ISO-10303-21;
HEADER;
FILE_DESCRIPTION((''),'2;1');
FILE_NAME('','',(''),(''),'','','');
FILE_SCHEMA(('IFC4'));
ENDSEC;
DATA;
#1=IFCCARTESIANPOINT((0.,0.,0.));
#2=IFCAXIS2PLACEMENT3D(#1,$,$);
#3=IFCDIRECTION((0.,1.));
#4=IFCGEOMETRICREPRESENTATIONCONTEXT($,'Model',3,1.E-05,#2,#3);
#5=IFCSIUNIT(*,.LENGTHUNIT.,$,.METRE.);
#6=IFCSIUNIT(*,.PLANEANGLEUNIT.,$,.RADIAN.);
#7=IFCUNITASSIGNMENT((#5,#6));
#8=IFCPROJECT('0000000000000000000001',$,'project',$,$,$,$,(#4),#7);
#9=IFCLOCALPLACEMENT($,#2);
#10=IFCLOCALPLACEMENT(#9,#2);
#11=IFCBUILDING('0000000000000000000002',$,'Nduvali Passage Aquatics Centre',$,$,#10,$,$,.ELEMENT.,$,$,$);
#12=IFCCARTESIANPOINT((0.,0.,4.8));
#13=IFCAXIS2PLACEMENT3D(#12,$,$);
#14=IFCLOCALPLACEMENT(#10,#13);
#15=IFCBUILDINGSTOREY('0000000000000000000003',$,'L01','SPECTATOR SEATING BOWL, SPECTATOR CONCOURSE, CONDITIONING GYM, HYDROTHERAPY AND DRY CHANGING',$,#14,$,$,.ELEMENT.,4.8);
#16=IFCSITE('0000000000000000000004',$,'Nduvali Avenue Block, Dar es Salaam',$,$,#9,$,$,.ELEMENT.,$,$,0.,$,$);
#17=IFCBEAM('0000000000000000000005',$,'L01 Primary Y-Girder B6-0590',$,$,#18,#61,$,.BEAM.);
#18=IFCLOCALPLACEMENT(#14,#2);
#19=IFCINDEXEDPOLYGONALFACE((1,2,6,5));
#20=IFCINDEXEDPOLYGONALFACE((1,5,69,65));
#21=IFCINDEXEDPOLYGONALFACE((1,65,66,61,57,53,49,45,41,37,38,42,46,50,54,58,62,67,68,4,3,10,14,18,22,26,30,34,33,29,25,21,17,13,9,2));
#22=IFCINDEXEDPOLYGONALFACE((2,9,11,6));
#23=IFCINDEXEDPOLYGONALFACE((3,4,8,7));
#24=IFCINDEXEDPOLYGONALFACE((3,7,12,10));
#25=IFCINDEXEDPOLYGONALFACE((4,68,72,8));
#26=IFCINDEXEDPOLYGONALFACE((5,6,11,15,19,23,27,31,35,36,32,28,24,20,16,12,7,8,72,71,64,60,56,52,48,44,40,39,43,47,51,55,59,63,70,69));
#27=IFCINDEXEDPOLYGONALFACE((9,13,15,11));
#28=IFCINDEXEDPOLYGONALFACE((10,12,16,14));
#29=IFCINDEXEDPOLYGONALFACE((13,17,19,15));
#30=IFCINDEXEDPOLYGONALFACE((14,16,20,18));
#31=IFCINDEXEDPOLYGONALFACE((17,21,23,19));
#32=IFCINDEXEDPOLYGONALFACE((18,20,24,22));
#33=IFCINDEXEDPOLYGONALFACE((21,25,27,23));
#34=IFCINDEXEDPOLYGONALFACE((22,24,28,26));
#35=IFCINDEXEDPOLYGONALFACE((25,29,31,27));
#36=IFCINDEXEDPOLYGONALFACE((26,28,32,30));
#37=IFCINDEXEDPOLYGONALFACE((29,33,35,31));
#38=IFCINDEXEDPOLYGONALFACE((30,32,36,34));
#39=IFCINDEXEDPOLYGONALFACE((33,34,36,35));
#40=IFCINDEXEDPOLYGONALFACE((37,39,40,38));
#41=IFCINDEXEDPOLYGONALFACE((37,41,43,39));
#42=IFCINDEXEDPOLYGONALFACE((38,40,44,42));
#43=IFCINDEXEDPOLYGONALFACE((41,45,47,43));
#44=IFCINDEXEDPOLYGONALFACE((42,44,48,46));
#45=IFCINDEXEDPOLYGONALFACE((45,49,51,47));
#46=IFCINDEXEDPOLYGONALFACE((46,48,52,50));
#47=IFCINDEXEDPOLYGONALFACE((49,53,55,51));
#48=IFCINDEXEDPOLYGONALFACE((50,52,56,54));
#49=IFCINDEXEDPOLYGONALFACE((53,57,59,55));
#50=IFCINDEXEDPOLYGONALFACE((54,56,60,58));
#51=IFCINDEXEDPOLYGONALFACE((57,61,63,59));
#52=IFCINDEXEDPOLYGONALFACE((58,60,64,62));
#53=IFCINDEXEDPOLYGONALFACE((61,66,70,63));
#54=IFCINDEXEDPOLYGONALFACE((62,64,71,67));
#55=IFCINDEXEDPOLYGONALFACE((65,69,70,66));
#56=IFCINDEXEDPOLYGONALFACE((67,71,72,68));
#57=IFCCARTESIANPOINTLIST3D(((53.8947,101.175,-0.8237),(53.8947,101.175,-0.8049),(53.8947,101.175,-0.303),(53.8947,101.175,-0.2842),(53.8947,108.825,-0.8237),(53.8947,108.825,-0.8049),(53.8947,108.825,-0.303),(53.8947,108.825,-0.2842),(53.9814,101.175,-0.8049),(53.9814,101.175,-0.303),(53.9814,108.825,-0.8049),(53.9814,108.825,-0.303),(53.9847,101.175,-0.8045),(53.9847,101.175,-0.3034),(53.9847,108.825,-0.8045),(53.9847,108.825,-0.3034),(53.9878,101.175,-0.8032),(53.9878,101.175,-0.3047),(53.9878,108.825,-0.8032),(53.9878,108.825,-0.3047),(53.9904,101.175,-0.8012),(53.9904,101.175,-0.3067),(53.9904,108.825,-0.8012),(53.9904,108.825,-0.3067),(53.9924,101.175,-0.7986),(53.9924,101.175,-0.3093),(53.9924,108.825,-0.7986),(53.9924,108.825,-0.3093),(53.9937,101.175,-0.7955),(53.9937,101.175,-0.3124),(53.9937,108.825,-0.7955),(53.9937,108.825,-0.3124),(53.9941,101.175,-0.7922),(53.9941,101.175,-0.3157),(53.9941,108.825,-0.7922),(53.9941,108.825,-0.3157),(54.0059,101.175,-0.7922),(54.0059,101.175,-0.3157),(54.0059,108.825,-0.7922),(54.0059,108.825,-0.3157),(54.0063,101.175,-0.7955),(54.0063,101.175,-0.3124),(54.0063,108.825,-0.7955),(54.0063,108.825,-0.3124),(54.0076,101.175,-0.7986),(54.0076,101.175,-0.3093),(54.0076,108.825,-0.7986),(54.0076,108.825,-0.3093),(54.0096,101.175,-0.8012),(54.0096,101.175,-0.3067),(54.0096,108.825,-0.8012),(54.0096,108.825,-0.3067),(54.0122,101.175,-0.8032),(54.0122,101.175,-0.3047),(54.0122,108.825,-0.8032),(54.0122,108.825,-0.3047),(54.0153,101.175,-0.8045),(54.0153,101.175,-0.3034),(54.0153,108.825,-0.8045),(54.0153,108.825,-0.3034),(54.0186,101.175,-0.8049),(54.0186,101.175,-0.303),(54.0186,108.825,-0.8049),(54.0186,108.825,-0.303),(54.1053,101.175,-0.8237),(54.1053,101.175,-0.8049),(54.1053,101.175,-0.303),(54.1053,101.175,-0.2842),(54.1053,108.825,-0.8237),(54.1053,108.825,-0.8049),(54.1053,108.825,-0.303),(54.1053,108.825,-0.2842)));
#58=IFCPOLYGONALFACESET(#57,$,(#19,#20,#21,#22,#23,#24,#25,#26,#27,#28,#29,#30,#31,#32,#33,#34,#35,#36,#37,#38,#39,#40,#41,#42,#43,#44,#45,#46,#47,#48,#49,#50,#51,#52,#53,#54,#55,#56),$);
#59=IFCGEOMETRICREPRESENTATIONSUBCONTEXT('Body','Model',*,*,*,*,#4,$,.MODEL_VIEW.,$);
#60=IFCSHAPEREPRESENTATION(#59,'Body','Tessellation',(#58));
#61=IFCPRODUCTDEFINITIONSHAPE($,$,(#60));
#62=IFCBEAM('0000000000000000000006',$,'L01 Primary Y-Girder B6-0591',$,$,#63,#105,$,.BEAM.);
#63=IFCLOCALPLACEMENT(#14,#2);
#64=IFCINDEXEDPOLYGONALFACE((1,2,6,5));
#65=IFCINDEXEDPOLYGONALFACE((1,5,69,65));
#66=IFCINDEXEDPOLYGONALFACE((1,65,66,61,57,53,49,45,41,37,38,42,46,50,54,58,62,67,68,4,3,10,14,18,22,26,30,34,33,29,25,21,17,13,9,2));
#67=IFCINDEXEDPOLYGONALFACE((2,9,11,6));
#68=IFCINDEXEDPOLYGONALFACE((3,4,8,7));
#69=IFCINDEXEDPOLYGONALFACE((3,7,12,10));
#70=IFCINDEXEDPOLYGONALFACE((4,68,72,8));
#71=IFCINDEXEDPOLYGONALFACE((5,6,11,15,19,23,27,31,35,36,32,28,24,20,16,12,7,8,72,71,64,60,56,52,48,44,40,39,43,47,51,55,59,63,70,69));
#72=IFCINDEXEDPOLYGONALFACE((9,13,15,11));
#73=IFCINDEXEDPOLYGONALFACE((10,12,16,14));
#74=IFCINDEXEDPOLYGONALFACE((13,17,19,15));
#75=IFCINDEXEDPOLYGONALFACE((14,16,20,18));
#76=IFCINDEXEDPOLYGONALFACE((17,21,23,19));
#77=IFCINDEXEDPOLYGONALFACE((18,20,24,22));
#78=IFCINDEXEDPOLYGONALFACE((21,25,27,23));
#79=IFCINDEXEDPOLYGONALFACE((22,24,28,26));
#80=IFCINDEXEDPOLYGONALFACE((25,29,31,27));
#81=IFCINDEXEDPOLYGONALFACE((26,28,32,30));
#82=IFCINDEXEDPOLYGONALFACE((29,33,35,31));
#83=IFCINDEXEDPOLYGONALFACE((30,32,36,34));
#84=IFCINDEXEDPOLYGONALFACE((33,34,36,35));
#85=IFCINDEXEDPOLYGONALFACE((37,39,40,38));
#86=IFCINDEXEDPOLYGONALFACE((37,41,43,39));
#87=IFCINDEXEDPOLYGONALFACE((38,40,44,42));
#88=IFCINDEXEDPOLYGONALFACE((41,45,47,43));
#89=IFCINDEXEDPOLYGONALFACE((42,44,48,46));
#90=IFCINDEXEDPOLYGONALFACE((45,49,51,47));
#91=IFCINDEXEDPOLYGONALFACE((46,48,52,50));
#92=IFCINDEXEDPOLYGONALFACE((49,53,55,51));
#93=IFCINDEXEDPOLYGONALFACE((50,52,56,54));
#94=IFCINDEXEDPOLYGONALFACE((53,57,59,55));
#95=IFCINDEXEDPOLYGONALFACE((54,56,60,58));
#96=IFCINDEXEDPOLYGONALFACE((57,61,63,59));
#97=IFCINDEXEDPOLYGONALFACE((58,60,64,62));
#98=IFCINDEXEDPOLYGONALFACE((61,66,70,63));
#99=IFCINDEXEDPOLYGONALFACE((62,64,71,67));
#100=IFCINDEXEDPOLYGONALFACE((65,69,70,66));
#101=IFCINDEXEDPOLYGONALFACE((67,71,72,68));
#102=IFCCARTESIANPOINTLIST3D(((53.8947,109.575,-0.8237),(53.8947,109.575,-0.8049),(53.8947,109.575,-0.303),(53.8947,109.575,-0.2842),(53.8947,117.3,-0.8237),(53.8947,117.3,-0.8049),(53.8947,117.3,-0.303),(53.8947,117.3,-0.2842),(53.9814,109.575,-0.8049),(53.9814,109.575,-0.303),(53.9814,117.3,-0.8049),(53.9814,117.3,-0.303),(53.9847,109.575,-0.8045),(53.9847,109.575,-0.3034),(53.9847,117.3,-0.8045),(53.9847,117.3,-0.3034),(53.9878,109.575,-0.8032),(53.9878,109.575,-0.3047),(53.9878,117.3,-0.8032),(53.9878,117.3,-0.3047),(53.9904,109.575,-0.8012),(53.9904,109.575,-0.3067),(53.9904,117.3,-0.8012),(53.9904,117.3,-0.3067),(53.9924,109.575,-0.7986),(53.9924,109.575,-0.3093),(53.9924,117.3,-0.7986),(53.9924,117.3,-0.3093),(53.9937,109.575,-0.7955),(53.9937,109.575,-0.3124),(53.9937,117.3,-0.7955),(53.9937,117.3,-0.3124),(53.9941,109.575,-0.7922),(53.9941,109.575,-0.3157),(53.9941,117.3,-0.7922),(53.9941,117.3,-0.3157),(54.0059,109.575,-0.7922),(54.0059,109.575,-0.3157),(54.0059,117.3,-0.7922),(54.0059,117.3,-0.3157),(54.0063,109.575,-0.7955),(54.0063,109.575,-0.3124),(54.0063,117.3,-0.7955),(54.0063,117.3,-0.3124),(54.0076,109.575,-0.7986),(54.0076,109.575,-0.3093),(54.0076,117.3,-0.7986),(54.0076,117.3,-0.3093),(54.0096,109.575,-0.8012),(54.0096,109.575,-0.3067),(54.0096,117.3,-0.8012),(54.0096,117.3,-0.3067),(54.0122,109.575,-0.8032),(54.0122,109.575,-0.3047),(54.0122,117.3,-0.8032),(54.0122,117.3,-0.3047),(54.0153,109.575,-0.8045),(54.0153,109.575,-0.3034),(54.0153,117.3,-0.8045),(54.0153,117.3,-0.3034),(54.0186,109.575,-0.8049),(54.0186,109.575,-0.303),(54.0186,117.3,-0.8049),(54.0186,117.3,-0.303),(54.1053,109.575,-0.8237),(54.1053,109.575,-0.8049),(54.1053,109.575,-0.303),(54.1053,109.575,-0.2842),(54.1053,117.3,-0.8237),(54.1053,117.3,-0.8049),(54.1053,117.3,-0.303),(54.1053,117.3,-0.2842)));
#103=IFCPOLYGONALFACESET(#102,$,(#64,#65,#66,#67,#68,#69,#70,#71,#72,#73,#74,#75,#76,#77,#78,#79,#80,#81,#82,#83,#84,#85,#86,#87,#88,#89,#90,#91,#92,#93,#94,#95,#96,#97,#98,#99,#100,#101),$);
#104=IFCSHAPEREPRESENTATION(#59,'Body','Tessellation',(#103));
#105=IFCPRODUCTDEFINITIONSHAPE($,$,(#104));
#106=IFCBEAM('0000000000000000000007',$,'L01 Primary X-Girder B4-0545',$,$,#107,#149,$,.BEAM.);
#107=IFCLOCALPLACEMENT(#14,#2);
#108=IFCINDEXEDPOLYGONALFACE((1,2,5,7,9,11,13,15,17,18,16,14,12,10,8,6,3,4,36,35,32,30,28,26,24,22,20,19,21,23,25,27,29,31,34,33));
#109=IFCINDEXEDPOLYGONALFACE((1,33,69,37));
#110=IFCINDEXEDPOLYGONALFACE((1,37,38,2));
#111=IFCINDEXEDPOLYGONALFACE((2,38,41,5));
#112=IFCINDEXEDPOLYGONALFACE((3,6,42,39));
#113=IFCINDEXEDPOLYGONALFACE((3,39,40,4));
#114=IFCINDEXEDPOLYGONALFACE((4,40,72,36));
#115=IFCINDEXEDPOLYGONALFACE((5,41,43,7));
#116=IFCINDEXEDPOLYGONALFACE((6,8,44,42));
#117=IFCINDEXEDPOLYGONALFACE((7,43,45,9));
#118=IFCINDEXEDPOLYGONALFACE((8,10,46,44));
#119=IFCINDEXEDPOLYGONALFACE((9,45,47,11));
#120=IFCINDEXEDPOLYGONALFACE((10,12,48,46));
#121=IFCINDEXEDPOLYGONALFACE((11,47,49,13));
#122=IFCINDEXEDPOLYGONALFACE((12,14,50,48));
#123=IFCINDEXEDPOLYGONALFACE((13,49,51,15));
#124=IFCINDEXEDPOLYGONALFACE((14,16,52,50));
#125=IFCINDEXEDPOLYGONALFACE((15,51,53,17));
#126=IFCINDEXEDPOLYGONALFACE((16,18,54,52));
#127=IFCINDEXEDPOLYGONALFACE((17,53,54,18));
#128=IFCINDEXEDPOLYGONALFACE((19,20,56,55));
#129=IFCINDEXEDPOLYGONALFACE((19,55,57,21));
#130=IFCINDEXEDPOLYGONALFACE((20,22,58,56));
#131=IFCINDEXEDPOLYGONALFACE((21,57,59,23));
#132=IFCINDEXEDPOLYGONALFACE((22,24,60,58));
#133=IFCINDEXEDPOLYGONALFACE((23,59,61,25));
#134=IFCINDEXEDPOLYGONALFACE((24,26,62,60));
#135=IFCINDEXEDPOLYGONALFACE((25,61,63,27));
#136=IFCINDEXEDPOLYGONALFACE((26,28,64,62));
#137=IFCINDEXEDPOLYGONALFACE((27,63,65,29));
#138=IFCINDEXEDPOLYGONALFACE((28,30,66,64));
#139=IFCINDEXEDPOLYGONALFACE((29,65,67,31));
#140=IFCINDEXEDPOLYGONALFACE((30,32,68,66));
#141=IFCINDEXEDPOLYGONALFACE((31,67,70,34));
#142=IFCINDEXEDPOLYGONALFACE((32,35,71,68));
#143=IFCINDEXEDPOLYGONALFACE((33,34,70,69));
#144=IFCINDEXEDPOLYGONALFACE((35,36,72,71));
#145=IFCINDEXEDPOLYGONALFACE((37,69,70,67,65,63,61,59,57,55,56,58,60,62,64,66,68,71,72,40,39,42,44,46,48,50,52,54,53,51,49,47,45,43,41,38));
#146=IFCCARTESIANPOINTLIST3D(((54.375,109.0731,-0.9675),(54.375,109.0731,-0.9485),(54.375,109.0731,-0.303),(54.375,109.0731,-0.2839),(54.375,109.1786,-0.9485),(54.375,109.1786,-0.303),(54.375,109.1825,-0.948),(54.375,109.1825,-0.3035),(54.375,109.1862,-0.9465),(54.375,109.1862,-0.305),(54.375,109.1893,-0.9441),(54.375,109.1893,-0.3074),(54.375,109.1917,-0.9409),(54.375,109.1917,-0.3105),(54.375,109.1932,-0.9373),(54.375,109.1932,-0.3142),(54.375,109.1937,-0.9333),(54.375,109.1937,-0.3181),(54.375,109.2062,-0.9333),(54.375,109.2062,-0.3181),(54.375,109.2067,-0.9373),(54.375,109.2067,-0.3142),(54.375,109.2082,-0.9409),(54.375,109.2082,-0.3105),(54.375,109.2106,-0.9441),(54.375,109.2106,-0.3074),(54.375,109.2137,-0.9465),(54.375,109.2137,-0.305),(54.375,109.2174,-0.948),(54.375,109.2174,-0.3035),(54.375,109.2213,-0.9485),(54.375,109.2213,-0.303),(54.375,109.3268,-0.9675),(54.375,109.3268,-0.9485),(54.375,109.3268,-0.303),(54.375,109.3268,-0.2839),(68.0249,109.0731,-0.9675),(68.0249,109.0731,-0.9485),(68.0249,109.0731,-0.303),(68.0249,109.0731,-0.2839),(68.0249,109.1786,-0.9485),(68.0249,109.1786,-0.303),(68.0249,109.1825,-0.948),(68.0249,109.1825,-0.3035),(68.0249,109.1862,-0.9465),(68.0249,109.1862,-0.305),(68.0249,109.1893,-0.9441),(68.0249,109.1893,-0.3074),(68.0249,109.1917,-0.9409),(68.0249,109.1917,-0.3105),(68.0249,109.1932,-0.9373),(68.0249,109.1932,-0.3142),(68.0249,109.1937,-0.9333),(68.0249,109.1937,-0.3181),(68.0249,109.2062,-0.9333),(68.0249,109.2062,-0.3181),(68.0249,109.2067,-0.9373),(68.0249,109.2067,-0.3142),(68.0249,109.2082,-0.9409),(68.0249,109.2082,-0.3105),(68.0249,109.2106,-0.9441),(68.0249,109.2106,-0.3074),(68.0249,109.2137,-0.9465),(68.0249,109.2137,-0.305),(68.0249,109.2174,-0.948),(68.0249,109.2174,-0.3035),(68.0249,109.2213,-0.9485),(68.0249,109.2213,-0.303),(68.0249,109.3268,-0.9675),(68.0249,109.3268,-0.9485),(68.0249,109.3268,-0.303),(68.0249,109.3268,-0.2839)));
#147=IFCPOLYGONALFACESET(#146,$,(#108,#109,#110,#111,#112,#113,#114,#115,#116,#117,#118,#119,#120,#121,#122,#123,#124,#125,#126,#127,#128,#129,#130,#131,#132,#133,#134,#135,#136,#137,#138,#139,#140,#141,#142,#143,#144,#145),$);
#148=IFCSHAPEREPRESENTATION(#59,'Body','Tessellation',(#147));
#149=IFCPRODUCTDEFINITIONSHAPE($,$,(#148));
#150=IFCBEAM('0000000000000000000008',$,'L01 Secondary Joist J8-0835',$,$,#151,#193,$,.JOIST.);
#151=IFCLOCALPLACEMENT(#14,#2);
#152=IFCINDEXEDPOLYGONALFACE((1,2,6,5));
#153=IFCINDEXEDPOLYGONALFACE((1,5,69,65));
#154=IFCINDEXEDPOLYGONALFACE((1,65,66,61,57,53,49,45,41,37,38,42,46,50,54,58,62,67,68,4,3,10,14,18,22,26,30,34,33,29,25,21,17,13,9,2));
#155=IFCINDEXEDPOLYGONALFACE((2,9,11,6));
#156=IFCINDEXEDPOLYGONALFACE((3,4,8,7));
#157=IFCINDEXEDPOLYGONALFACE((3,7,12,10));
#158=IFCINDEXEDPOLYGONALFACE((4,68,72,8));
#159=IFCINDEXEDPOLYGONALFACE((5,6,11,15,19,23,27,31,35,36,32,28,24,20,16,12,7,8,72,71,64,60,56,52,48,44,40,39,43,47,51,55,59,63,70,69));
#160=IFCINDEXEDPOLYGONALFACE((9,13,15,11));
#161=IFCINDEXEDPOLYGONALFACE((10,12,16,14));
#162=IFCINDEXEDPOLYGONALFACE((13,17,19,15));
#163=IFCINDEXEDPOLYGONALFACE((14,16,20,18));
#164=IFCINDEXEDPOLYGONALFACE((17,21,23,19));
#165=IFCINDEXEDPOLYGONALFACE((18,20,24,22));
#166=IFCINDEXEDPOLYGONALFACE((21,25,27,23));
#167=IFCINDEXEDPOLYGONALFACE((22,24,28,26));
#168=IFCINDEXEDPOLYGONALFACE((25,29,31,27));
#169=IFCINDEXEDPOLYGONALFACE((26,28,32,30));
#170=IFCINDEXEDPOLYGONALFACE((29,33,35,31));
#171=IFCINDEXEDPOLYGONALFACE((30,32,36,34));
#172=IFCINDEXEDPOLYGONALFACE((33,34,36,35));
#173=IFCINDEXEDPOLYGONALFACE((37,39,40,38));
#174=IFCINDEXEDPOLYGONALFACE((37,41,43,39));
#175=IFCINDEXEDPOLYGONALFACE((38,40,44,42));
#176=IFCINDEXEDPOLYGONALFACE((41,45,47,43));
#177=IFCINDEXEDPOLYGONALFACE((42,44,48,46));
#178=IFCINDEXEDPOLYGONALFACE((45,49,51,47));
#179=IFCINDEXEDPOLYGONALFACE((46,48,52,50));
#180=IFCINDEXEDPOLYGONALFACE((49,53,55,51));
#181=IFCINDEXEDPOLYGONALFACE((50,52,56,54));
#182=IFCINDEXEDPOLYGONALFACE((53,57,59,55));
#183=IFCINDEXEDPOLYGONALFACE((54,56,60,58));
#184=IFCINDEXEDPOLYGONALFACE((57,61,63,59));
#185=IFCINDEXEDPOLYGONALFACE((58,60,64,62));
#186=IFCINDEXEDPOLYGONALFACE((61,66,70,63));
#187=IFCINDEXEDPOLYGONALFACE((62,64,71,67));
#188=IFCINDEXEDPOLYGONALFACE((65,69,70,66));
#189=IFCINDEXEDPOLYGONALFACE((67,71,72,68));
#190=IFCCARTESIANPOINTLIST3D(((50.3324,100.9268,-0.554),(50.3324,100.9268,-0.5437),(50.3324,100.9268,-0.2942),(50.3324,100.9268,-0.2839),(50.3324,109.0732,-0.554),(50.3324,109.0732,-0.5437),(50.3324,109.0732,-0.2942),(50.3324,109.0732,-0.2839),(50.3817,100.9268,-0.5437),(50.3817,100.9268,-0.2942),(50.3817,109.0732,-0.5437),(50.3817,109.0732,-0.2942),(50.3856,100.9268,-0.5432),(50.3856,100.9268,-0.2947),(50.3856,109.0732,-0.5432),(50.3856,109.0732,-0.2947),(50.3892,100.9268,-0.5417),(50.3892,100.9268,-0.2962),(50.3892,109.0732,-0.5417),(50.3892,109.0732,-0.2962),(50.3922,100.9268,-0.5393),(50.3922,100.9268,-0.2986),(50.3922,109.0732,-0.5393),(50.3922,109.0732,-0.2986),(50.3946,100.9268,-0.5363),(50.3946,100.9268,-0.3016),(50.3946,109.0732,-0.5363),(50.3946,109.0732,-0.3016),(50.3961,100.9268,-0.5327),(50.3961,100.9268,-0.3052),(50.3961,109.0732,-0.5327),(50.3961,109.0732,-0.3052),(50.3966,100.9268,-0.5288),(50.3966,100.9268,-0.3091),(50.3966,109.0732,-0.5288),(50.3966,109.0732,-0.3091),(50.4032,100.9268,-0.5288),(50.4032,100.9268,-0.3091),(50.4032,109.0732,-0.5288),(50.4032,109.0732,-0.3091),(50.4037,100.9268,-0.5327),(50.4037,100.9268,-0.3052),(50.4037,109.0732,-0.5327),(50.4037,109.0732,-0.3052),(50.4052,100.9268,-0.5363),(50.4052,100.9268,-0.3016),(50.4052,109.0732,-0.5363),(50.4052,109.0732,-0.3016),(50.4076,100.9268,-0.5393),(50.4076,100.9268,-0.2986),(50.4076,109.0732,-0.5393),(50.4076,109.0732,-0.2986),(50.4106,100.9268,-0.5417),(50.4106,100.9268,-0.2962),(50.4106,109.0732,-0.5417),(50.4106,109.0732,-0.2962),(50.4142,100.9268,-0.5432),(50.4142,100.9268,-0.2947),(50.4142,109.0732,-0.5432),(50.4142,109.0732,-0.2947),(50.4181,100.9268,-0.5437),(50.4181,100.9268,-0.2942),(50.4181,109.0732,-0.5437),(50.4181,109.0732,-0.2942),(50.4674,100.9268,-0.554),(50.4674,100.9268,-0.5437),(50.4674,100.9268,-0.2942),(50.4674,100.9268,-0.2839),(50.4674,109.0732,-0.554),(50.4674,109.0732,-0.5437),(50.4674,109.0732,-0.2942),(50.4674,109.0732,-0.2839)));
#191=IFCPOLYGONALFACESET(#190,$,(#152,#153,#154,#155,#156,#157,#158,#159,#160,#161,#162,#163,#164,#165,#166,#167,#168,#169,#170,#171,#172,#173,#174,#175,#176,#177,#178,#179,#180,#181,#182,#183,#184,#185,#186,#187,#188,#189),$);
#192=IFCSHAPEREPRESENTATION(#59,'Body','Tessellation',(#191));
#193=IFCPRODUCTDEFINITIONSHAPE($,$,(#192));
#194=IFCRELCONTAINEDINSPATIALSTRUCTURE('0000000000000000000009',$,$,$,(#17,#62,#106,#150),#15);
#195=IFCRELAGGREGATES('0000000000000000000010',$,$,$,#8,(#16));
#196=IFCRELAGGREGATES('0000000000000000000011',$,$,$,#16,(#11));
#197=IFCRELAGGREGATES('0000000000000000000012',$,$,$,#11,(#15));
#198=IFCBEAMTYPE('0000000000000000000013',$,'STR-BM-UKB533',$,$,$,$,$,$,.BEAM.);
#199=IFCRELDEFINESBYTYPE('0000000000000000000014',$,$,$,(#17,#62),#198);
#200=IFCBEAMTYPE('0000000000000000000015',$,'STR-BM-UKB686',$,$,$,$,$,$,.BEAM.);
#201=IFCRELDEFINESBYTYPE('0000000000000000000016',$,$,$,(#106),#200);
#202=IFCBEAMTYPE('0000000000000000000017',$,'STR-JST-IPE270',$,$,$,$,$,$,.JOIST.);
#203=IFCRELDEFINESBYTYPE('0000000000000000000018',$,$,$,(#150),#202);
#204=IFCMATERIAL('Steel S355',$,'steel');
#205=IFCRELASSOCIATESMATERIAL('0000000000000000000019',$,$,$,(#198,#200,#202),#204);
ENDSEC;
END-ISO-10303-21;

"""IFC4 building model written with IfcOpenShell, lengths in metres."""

from ifc_helpers import new_model, si_unit, direction, frame, origin, origin_2d, place, context, subcontext, project, spatial, i_section, extrude, material, material_profile, profile_set, type_object, element, save


model = new_model("IFC4")

# Units and contexts
model_context = context("Model", 3, precision=1e-05, world=origin(), true_north=direction((0.0, 1.0)))
body_context = subcontext(model_context, "Body", "Model", "MODEL_VIEW")
ifc_project = project(units=[si_unit("LENGTHUNIT", "METRE"), si_unit("PLANEANGLEUNIT", "RADIAN")], contexts=[model_context])

# Site, building, storey
site_placement = place(None, origin())
site = spatial("IfcSite", under=ifc_project, at=site_placement, Name="Nduvali Avenue Block, Dar es Salaam", CompositionType="ELEMENT", RefElevation=0.0)
building_placement = place(site_placement, origin())
building = spatial("IfcBuilding", under=site, at=building_placement, Name="Nduvali Passage Aquatics Centre", CompositionType="ELEMENT")
storey_placement = place(building_placement, frame((0.0, 0.0, 4.8)))
storey = spatial("IfcBuildingStorey", under=building, at=storey_placement, Name="L01", Description="SPECTATOR SEATING BOWL, SPECTATOR CONCOURSE, CONDITIONING GYM, HYDROTHERAPY AND DRY CHANGING", CompositionType="ELEMENT", Elevation=4.8)

# Shared definitions
ifc_material_1 = material(Name="Steel S355", Category="steel")

# Beams
ifc_material_profile_1 = material_profile(ifc_material_1, i_section(OverallWidth=0.2107, OverallDepth=0.5396, WebThickness=0.0117, FlangeThickness=0.0188, FilletRadius=0.0127, at=origin_2d()), Name="UKB 533x210x109")
ifc_profile_set_1 = profile_set([ifc_material_profile_1], Name="Steel S355")
beam_type_1 = type_object("IfcBeamType", Name="STR-BM-UKB533", PredefinedType="BEAM", material=ifc_profile_set_1)
beam_1_placement = place(storey_placement, frame((54.0, 101.175, -0.554), z_axis=(0.0, 1.0, 0.0), x_axis=(-1.0, 0.0, 0.0)))
element("IfcBeam", 1, at=beam_1_placement, inside=storey, type_object=beam_type_1, Name="L01 Primary Y-Girder B6-0590", PredefinedType="BEAM", context=body_context, shape_type="SweptSolid", body=[
    extrude(i_section(OverallWidth=0.2107, OverallDepth=0.5396, WebThickness=0.0117, FlangeThickness=0.0188, FilletRadius=0.0127, at=origin_2d()), origin(), (0.0, 0.0, 1.0), 7.6499),
])
beam_2_placement = place(storey_placement, frame((54.0, 109.575, -0.554), z_axis=(0.0, 1.0, 0.0), x_axis=(-1.0, 0.0, 0.0)))
element("IfcBeam", 2, at=beam_2_placement, inside=storey, type_object=beam_type_1, Name="L01 Primary Y-Girder B6-0591", PredefinedType="BEAM", context=body_context, shape_type="SweptSolid", body=[
    extrude(i_section(OverallWidth=0.2107, OverallDepth=0.5396, WebThickness=0.0117, FlangeThickness=0.0188, FilletRadius=0.0127, at=origin_2d()), origin(), (0.0, 0.0, 1.0), 7.7251),
])
ifc_material_profile_2 = material_profile(ifc_material_1, i_section(OverallWidth=0.2537, OverallDepth=0.6836, WebThickness=0.0125, FlangeThickness=0.019, FilletRadius=0.0151, at=origin_2d()), Name="UKB 686x254x140")
ifc_profile_set_2 = profile_set([ifc_material_profile_2], Name="Steel S355")
beam_type_2 = type_object("IfcBeamType", Name="STR-BM-UKB686", PredefinedType="BEAM", material=ifc_profile_set_2)
beam_3_placement = place(storey_placement, frame((54.375, 109.2, -0.6257), z_axis=(1.0, 0.0, 0.0), x_axis=(0.0, 1.0, 0.0)))
element("IfcBeam", 3, at=beam_3_placement, inside=storey, type_object=beam_type_2, Name="L01 Primary X-Girder B4-0545", PredefinedType="BEAM", context=body_context, shape_type="SweptSolid", body=[
    extrude(i_section(OverallWidth=0.2537, OverallDepth=0.6836, WebThickness=0.0125, FlangeThickness=0.019, FilletRadius=0.0151, at=origin_2d()), origin(), (0.0, 0.0, 1.0), 13.6499),
])
ifc_material_profile_3 = material_profile(ifc_material_1, i_section(OverallWidth=0.135, OverallDepth=0.27, WebThickness=0.0066, FlangeThickness=0.0103, FilletRadius=0.0149, at=origin_2d()), Name="IPE 270")
ifc_profile_set_3 = profile_set([ifc_material_profile_3], Name="Steel S355")
beam_type_3 = type_object("IfcBeamType", Name="STR-JST-IPE270", PredefinedType="JOIST", material=ifc_profile_set_3)
beam_4_placement = place(storey_placement, frame((50.3999, 100.9268, -0.4189), z_axis=(0.0, 1.0, 0.0), x_axis=(-1.0, 0.0, 0.0)))
element("IfcBeam", 4, at=beam_4_placement, inside=storey, type_object=beam_type_3, Name="L01 Secondary Joist J8-0835", PredefinedType="JOIST", context=body_context, shape_type="SweptSolid", body=[
    extrude(i_section(OverallWidth=0.135, OverallDepth=0.27, WebThickness=0.0066, FlangeThickness=0.0103, FilletRadius=0.0149, at=origin_2d()), origin(), (0.0, 0.0, 1.0), 8.1465),
])

save(model, "model.ifc")
